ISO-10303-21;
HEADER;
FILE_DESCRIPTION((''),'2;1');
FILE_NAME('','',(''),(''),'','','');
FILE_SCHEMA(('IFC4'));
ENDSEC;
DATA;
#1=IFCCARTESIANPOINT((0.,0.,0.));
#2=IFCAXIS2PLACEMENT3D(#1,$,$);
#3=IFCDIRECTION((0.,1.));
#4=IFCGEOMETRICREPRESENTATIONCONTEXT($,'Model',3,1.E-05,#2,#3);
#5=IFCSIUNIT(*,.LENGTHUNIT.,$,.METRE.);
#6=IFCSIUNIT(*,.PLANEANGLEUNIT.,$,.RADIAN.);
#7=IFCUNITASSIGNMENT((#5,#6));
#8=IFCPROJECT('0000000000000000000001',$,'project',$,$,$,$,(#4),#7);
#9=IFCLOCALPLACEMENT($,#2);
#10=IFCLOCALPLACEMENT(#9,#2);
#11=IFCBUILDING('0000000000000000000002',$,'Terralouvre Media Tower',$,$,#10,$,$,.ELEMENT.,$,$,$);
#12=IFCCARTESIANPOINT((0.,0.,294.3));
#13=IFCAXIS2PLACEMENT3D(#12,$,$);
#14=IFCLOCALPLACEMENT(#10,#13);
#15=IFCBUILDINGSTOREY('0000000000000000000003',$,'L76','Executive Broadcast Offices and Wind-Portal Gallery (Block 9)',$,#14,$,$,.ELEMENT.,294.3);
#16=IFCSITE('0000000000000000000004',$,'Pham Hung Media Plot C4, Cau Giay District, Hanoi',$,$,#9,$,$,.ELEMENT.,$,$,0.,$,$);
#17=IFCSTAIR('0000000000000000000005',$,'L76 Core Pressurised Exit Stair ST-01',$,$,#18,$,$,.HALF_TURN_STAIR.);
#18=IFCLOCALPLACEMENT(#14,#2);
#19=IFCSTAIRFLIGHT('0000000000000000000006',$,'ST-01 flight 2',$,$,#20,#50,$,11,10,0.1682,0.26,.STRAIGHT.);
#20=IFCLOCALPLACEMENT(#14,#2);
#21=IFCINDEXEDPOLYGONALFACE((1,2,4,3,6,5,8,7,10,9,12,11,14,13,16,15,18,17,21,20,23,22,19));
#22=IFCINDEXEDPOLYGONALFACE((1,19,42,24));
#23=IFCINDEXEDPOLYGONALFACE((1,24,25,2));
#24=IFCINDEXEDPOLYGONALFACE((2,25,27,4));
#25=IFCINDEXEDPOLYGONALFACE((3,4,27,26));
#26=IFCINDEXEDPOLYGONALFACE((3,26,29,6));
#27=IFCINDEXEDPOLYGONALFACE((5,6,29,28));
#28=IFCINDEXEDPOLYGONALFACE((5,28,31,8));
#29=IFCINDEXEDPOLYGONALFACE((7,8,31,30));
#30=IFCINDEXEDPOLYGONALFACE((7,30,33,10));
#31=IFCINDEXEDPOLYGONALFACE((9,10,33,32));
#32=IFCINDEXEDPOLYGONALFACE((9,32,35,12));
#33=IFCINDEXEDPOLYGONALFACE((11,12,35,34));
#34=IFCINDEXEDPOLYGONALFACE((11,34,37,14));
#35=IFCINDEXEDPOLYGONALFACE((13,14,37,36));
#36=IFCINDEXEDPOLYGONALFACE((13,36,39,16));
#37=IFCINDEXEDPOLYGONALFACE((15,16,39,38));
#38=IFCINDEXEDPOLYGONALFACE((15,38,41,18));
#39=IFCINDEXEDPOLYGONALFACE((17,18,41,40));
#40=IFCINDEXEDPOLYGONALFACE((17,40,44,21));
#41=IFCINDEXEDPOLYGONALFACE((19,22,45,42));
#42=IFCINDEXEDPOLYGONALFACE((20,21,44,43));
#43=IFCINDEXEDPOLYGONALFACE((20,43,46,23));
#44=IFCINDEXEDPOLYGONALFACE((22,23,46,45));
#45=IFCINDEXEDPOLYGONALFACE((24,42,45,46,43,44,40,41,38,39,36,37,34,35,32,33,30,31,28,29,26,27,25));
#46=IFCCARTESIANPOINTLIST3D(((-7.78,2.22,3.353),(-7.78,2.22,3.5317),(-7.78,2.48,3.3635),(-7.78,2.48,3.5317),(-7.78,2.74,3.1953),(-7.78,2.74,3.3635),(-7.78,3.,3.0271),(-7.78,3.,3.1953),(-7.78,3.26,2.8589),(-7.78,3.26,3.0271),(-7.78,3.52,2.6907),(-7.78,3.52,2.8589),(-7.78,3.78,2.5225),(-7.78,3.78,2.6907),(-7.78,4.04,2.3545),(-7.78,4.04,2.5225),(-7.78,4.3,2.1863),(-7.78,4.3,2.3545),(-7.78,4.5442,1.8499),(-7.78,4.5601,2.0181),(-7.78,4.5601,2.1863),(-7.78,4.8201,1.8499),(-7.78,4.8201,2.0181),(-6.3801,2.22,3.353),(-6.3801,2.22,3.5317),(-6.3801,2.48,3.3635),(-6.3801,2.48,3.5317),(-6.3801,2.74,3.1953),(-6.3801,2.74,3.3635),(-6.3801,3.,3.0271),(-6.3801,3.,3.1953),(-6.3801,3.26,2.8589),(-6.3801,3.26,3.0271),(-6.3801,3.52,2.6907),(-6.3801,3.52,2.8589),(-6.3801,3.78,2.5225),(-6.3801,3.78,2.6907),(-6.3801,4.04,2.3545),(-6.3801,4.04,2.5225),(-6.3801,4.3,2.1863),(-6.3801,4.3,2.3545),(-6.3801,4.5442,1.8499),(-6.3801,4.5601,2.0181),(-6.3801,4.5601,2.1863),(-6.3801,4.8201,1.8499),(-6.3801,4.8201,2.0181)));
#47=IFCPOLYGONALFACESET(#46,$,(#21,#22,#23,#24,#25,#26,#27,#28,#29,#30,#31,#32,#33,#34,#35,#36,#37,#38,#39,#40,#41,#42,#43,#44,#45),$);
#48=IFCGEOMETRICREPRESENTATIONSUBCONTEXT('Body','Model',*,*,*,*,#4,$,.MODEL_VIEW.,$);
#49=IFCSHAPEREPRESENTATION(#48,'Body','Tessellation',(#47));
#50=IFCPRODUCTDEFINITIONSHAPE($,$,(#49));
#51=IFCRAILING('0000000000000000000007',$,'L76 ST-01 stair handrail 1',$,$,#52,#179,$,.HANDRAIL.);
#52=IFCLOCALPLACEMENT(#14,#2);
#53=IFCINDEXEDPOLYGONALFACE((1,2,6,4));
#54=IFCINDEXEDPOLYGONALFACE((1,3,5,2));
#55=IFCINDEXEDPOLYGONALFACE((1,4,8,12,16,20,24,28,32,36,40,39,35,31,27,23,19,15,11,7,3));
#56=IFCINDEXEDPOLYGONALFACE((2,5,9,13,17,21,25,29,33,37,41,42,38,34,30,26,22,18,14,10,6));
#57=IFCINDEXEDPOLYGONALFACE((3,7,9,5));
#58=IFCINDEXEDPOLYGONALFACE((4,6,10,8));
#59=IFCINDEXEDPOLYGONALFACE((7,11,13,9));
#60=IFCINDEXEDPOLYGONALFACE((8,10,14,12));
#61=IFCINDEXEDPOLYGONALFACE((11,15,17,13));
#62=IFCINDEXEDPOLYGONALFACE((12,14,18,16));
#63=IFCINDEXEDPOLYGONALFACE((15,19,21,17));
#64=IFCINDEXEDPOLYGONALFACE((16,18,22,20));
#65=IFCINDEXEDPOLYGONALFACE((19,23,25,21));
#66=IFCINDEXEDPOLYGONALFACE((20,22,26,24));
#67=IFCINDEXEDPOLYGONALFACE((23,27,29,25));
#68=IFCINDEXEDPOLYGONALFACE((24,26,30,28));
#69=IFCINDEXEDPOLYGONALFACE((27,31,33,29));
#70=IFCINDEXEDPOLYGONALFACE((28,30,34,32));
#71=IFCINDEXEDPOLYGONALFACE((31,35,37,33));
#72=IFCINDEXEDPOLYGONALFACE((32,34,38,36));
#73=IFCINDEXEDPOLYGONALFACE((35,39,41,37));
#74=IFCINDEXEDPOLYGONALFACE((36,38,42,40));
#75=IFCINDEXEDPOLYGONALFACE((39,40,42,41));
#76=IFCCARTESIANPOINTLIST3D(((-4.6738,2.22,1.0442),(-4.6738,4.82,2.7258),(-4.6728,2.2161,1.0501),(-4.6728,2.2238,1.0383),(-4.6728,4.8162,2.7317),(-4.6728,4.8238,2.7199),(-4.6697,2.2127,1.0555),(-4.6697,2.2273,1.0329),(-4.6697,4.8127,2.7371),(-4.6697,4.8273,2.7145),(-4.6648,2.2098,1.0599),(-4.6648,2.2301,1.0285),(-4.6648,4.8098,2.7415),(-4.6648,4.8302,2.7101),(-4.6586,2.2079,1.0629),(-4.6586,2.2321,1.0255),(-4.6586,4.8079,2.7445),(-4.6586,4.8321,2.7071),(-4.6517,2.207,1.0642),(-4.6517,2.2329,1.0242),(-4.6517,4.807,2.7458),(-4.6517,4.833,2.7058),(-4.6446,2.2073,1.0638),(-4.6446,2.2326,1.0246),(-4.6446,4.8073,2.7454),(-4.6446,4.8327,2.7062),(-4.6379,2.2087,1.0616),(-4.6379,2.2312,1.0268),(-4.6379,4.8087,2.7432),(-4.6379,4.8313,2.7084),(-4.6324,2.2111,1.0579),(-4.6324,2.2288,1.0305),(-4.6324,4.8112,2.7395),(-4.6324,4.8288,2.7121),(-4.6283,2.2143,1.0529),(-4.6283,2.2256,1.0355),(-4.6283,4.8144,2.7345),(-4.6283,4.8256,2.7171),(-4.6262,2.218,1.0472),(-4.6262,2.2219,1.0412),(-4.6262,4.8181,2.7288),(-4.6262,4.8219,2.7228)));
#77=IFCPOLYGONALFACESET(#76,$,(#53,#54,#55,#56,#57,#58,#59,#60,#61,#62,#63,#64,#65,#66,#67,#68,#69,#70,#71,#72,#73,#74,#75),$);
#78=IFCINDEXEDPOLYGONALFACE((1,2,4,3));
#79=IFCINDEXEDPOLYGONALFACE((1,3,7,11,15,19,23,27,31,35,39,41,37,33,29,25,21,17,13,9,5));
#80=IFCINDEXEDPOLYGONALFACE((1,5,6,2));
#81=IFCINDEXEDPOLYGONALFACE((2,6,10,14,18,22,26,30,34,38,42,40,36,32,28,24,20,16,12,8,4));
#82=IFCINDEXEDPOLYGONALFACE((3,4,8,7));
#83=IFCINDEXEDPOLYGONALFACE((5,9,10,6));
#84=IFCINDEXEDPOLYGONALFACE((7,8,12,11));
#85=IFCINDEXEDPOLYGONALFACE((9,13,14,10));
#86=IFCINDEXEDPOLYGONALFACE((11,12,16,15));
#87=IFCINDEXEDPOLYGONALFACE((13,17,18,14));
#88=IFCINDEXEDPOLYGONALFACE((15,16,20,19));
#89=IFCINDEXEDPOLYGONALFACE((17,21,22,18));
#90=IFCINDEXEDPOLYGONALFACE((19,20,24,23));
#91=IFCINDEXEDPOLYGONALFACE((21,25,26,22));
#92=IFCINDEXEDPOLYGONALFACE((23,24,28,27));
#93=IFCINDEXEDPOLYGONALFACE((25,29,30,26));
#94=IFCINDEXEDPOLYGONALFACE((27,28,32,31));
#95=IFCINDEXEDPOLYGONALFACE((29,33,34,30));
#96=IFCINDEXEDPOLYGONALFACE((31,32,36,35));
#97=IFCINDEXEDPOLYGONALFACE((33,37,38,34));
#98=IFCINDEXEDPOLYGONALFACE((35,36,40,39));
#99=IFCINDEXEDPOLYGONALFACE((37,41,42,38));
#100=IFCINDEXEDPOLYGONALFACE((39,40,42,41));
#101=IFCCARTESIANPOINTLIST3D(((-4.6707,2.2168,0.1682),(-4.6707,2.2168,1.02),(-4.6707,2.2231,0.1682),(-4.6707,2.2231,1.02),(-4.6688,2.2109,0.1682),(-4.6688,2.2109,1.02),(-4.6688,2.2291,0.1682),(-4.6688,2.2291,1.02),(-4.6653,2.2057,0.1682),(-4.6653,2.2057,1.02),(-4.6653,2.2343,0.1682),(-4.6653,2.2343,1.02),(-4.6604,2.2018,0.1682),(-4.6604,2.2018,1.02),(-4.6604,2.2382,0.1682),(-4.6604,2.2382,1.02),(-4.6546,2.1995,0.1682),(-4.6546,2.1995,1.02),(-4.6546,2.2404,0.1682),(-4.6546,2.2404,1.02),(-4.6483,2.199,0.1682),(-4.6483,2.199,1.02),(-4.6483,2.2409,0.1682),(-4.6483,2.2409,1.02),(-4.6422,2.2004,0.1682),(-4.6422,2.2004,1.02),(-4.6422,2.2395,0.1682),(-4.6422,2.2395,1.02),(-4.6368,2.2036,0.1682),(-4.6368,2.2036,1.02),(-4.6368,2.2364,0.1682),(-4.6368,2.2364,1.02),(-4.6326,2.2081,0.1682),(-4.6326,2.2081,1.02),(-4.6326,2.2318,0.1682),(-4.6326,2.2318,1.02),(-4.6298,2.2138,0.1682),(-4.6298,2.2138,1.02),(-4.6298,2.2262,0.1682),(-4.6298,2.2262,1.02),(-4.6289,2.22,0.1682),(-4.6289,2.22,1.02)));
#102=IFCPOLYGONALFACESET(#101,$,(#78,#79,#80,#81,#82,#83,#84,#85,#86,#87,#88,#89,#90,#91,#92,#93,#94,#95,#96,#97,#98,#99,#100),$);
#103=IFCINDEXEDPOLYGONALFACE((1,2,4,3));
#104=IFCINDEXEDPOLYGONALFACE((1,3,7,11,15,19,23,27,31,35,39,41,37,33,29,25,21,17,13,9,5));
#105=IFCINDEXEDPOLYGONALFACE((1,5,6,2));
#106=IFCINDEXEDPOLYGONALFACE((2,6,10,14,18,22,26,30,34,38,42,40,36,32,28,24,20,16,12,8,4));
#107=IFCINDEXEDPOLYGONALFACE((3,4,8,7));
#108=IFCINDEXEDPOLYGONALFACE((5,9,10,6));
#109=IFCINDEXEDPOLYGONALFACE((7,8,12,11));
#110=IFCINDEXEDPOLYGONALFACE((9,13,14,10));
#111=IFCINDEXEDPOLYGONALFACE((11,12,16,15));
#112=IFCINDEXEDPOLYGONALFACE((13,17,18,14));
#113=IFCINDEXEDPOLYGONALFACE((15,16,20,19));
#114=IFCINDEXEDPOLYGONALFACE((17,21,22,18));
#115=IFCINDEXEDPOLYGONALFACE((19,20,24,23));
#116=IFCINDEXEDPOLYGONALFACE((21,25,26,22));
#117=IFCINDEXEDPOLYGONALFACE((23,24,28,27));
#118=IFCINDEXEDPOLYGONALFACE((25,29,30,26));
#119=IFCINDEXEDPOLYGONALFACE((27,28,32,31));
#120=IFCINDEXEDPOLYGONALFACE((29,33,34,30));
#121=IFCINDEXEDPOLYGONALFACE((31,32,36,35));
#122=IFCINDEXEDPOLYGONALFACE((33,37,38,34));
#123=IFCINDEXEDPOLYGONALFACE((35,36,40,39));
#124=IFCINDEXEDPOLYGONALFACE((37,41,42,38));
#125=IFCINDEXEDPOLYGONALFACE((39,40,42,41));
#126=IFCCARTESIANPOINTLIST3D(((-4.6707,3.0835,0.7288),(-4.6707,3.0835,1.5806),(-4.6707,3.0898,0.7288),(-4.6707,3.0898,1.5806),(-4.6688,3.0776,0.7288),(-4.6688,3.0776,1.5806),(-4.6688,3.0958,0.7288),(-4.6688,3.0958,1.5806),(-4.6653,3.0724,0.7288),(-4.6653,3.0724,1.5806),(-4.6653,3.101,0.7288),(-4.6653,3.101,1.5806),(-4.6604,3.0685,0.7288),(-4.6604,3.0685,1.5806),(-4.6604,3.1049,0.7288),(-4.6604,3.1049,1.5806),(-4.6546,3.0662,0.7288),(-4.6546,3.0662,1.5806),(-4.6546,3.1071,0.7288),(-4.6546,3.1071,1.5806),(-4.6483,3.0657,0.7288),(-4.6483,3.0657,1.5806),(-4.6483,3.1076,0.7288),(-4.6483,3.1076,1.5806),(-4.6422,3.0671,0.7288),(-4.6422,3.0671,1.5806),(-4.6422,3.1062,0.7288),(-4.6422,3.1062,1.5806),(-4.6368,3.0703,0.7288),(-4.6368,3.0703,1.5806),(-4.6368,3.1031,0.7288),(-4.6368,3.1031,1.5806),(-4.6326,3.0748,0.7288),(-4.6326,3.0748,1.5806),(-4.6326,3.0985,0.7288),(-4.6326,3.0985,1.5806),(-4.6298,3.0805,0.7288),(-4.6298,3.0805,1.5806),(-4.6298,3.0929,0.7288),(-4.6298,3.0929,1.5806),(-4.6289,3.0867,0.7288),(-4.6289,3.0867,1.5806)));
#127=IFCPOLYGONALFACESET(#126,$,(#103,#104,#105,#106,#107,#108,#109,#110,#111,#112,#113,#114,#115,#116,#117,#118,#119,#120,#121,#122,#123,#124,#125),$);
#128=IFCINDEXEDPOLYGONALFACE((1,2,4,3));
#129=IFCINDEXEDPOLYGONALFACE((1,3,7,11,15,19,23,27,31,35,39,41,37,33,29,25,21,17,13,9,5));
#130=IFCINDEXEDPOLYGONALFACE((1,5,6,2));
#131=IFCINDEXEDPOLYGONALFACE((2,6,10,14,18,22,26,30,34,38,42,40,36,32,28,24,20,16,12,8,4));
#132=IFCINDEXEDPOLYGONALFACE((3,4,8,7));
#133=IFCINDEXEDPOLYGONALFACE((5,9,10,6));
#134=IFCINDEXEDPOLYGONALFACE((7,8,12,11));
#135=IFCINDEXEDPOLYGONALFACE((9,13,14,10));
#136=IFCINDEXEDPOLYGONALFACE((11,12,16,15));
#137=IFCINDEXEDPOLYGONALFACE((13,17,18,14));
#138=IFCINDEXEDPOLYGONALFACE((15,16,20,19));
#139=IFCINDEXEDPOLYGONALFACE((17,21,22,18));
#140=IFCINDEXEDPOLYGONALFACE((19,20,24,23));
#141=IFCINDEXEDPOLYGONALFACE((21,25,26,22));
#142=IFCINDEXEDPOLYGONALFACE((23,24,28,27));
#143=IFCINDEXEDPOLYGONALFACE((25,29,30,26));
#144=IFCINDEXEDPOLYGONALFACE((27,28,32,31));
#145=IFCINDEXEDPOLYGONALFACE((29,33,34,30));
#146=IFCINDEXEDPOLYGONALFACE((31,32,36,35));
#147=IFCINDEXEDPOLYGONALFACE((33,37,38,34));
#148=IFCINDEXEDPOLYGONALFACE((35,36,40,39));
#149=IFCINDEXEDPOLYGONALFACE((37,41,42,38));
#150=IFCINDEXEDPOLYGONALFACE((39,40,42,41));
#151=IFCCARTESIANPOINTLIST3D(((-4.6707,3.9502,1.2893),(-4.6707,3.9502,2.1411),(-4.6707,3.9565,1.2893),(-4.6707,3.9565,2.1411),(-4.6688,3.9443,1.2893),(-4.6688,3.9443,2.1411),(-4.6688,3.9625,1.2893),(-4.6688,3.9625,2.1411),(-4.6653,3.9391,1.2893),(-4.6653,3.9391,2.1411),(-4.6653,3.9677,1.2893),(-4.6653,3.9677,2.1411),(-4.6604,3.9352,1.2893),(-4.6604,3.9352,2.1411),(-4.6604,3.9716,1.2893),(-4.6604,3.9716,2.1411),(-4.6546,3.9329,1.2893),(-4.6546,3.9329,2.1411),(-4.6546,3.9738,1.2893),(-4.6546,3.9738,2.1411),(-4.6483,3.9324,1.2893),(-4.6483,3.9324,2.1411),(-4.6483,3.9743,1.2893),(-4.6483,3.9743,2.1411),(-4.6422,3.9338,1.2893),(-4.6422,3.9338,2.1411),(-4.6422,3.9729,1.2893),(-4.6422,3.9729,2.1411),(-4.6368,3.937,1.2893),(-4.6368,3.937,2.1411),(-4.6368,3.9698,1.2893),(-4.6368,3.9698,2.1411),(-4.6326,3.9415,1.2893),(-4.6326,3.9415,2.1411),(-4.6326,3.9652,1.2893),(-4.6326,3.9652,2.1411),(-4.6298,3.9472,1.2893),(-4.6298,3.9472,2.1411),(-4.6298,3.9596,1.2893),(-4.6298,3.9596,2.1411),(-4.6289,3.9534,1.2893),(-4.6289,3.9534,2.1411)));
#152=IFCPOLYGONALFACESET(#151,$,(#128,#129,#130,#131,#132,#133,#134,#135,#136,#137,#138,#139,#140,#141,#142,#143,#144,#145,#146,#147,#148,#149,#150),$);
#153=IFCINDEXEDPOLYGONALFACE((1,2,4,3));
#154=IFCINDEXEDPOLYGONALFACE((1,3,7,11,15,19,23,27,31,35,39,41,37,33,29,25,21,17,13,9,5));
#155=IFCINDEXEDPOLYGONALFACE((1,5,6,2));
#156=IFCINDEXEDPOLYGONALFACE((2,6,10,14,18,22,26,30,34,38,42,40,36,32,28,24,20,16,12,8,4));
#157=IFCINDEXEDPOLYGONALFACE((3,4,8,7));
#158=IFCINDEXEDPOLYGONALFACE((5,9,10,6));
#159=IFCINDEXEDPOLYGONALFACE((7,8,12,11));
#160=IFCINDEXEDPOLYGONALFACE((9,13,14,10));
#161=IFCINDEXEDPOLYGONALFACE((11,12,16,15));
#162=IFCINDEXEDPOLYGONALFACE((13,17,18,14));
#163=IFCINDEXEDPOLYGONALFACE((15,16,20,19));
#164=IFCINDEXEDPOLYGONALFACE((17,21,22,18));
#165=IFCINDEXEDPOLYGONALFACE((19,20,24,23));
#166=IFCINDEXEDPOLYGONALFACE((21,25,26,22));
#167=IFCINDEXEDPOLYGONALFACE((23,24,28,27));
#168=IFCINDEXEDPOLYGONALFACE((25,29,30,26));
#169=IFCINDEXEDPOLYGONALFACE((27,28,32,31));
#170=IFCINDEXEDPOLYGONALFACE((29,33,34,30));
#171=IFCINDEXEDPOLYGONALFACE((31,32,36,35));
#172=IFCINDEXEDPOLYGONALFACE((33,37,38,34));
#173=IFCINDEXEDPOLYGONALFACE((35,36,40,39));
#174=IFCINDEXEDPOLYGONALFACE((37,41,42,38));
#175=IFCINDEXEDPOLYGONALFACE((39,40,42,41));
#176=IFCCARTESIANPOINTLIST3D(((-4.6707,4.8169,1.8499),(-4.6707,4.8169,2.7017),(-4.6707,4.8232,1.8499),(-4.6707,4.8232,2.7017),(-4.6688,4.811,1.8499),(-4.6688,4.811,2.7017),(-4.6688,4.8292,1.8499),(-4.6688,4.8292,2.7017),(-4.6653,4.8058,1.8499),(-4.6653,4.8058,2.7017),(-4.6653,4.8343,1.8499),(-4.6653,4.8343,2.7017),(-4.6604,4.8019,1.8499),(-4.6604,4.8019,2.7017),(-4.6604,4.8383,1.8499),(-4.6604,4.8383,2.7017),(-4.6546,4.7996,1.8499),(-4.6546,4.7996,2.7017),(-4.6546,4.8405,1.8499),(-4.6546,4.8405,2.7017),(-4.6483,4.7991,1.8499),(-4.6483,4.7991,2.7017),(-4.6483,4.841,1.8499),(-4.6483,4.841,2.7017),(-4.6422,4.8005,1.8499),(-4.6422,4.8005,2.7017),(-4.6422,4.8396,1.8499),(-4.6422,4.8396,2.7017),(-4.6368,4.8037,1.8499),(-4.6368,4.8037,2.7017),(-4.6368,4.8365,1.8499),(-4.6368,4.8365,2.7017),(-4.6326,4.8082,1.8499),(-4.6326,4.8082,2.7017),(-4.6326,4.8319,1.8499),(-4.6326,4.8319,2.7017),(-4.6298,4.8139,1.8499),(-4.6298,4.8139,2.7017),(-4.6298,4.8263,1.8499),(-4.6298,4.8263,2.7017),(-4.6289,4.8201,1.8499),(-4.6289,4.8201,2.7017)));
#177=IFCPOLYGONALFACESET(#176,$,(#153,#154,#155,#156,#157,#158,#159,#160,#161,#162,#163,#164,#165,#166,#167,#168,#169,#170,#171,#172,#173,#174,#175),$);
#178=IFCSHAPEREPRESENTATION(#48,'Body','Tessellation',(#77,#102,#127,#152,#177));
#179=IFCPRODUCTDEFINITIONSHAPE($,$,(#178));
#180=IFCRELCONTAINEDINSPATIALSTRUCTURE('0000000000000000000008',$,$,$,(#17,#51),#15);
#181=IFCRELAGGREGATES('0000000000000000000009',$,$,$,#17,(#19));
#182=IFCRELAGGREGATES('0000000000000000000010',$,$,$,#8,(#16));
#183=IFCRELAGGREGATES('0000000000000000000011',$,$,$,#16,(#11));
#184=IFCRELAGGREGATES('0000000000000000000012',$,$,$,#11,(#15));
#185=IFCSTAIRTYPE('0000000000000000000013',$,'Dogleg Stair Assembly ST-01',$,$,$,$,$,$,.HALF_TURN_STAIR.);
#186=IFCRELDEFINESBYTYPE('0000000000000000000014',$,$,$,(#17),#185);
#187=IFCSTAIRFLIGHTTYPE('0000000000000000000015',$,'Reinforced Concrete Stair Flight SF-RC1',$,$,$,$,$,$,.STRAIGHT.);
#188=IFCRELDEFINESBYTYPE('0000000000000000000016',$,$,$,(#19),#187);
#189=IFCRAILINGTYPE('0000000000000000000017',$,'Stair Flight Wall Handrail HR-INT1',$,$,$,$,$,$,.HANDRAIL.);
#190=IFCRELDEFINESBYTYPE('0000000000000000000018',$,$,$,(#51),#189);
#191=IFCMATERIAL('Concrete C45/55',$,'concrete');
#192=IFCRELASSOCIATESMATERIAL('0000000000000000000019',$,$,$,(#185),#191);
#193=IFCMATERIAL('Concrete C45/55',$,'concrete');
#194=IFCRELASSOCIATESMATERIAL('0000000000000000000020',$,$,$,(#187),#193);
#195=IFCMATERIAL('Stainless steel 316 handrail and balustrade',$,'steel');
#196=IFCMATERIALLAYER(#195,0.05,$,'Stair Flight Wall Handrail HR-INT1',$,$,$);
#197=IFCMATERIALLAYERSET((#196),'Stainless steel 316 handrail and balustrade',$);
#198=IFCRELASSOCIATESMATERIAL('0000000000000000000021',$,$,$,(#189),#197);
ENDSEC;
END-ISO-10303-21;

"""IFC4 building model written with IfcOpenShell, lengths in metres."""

from ifc_helpers import new_model, si_unit, direction, frame, origin, origin_2d, place, context, subcontext, project, spatial, polyline, circle, outline, extrude, material, layer, layer_set, type_object, element, aggregate, save


model = new_model("IFC4")

# Units and contexts
model_context = context("Model", 3, precision=1e-05, world=origin(), true_north=direction((0.0, 1.0)))
body_context = subcontext(model_context, "Body", "Model", "MODEL_VIEW")
ifc_project = project(units=[si_unit("LENGTHUNIT", "METRE"), si_unit("PLANEANGLEUNIT", "RADIAN")], contexts=[model_context])

# Site, building, storey
site_placement = place(None, origin())
site = spatial("IfcSite", under=ifc_project, at=site_placement, Name="Pham Hung Media Plot C4, Cau Giay District, Hanoi", CompositionType="ELEMENT", RefElevation=0.0)
building_placement = place(site_placement, origin())
building = spatial("IfcBuilding", under=site, at=building_placement, Name="Terralouvre Media Tower", CompositionType="ELEMENT")
storey_placement = place(building_placement, frame((0.0, 0.0, 294.3)))
storey = spatial("IfcBuildingStorey", under=building, at=storey_placement, Name="L76", Description="Executive Broadcast Offices and Wind-Portal Gallery (Block 9)", CompositionType="ELEMENT", Elevation=294.3)

# Stair
ifc_material_1 = material(Name="Concrete C45/55", Category="concrete")
stair_type_1 = type_object("IfcStairType", Name="Dogleg Stair Assembly ST-01", PredefinedType="HALF_TURN_STAIR", material=ifc_material_1)
stair_1_placement = place(storey_placement, origin())
stair_1 = element("IfcStair", 1, at=stair_1_placement, inside=storey, type_object=stair_type_1, Name="L76 Core Pressurised Exit Stair ST-01", PredefinedType="HALF_TURN_STAIR")

# Stair flight
ifc_material_2 = material(Name="Concrete C45/55", Category="concrete")
stair_flight_type = type_object("IfcStairFlightType", Name="Reinforced Concrete Stair Flight SF-RC1", PredefinedType="STRAIGHT", material=ifc_material_2)
stair_flight_1_placement = place(storey_placement, frame((-7.0801, 4.8201, 1.8499), z_axis=(0.0, 0.0, 1.0), x_axis=(0.0, -1.0, 0.0)))
stair_flight_1 = element("IfcStairFlight", 2, at=stair_flight_1_placement, type_object=stair_flight_type, Name="ST-01 flight 2", NumberOfRisers=11, NumberOfTreads=10, PredefinedType="STRAIGHT", RiserHeight=0.1682, TreadLength=0.26, context=body_context, shape_type="SweptSolid", body=[
    extrude(outline(polyline([(0.0, 0.0), (0.0, 0.1682), (0.26, 0.1682), (0.26, 0.3364), (0.52, 0.3364), (0.52, 0.5046), (0.78, 0.5046), (0.78, 0.6726), (1.04, 0.6726), (1.04, 0.8408), (1.3, 0.8408), (1.3, 1.009), (1.5601, 1.009), (1.5601, 1.1772), (1.8201, 1.1772), (1.8201, 1.3455), (2.0801, 1.3455), (2.0801, 1.5137), (2.3401, 1.5137), (2.3401, 1.6819), (2.6001, 1.6819), (2.6001, 1.8501), (2.6001, 1.5032), (0.2759, 0.0), (0.0, 0.0)])), frame((0.0, 0.7, 0.0), z_axis=(0.0, -1.0, 0.0), x_axis=(1.0, 0.0, 0.0)), (0.0, 0.0, 1.0), 1.3999),
])
aggregate(stair_1, [stair_flight_1])

# Railing
ifc_material_3 = material(Name="Stainless steel 316 handrail and balustrade", Category="steel")
ifc_layer_1 = layer(ifc_material_3, 0.05, Name="Stair Flight Wall Handrail HR-INT1")
ifc_layer_set_1 = layer_set([ifc_layer_1], Name="Stainless steel 316 handrail and balustrade")
railing_type_1 = type_object("IfcRailingType", Name="Stair Flight Wall Handrail HR-INT1", PredefinedType="HANDRAIL", material=ifc_layer_set_1)
railing_1_placement = place(storey_placement, frame((-4.6499, 2.22, 0.1682)))
element("IfcRailing", 3, at=railing_1_placement, inside=storey, type_object=railing_type_1, Name="L76 ST-01 stair handrail 1", PredefinedType="HANDRAIL", context=body_context, shape_type="SweptSolid", body=[
    extrude(circle(Radius=0.0239, at=origin_2d()), frame((0.0, 0.0, 0.876), z_axis=(0.0, 0.839684, 0.543075), x_axis=(-1.0, 0.0, 0.0)), (0.0, 0.0, 1.0), 3.0964),
    extrude(circle(Radius=0.021, at=origin_2d()), origin(), (0.0, 0.0, 1.0), 0.8518),
    extrude(circle(Radius=0.021, at=origin_2d()), frame((0.0, 0.8667, 0.5605)), (0.0, 0.0, 1.0), 0.8518),
    extrude(circle(Radius=0.021, at=origin_2d()), frame((0.0, 1.7334, 1.1211)), (0.0, 0.0, 1.0), 0.8518),
    extrude(circle(Radius=0.021, at=origin_2d()), frame((0.0, 2.6001, 1.6816)), (0.0, 0.0, 1.0), 0.8518),
])

save(model, "model.ifc")
